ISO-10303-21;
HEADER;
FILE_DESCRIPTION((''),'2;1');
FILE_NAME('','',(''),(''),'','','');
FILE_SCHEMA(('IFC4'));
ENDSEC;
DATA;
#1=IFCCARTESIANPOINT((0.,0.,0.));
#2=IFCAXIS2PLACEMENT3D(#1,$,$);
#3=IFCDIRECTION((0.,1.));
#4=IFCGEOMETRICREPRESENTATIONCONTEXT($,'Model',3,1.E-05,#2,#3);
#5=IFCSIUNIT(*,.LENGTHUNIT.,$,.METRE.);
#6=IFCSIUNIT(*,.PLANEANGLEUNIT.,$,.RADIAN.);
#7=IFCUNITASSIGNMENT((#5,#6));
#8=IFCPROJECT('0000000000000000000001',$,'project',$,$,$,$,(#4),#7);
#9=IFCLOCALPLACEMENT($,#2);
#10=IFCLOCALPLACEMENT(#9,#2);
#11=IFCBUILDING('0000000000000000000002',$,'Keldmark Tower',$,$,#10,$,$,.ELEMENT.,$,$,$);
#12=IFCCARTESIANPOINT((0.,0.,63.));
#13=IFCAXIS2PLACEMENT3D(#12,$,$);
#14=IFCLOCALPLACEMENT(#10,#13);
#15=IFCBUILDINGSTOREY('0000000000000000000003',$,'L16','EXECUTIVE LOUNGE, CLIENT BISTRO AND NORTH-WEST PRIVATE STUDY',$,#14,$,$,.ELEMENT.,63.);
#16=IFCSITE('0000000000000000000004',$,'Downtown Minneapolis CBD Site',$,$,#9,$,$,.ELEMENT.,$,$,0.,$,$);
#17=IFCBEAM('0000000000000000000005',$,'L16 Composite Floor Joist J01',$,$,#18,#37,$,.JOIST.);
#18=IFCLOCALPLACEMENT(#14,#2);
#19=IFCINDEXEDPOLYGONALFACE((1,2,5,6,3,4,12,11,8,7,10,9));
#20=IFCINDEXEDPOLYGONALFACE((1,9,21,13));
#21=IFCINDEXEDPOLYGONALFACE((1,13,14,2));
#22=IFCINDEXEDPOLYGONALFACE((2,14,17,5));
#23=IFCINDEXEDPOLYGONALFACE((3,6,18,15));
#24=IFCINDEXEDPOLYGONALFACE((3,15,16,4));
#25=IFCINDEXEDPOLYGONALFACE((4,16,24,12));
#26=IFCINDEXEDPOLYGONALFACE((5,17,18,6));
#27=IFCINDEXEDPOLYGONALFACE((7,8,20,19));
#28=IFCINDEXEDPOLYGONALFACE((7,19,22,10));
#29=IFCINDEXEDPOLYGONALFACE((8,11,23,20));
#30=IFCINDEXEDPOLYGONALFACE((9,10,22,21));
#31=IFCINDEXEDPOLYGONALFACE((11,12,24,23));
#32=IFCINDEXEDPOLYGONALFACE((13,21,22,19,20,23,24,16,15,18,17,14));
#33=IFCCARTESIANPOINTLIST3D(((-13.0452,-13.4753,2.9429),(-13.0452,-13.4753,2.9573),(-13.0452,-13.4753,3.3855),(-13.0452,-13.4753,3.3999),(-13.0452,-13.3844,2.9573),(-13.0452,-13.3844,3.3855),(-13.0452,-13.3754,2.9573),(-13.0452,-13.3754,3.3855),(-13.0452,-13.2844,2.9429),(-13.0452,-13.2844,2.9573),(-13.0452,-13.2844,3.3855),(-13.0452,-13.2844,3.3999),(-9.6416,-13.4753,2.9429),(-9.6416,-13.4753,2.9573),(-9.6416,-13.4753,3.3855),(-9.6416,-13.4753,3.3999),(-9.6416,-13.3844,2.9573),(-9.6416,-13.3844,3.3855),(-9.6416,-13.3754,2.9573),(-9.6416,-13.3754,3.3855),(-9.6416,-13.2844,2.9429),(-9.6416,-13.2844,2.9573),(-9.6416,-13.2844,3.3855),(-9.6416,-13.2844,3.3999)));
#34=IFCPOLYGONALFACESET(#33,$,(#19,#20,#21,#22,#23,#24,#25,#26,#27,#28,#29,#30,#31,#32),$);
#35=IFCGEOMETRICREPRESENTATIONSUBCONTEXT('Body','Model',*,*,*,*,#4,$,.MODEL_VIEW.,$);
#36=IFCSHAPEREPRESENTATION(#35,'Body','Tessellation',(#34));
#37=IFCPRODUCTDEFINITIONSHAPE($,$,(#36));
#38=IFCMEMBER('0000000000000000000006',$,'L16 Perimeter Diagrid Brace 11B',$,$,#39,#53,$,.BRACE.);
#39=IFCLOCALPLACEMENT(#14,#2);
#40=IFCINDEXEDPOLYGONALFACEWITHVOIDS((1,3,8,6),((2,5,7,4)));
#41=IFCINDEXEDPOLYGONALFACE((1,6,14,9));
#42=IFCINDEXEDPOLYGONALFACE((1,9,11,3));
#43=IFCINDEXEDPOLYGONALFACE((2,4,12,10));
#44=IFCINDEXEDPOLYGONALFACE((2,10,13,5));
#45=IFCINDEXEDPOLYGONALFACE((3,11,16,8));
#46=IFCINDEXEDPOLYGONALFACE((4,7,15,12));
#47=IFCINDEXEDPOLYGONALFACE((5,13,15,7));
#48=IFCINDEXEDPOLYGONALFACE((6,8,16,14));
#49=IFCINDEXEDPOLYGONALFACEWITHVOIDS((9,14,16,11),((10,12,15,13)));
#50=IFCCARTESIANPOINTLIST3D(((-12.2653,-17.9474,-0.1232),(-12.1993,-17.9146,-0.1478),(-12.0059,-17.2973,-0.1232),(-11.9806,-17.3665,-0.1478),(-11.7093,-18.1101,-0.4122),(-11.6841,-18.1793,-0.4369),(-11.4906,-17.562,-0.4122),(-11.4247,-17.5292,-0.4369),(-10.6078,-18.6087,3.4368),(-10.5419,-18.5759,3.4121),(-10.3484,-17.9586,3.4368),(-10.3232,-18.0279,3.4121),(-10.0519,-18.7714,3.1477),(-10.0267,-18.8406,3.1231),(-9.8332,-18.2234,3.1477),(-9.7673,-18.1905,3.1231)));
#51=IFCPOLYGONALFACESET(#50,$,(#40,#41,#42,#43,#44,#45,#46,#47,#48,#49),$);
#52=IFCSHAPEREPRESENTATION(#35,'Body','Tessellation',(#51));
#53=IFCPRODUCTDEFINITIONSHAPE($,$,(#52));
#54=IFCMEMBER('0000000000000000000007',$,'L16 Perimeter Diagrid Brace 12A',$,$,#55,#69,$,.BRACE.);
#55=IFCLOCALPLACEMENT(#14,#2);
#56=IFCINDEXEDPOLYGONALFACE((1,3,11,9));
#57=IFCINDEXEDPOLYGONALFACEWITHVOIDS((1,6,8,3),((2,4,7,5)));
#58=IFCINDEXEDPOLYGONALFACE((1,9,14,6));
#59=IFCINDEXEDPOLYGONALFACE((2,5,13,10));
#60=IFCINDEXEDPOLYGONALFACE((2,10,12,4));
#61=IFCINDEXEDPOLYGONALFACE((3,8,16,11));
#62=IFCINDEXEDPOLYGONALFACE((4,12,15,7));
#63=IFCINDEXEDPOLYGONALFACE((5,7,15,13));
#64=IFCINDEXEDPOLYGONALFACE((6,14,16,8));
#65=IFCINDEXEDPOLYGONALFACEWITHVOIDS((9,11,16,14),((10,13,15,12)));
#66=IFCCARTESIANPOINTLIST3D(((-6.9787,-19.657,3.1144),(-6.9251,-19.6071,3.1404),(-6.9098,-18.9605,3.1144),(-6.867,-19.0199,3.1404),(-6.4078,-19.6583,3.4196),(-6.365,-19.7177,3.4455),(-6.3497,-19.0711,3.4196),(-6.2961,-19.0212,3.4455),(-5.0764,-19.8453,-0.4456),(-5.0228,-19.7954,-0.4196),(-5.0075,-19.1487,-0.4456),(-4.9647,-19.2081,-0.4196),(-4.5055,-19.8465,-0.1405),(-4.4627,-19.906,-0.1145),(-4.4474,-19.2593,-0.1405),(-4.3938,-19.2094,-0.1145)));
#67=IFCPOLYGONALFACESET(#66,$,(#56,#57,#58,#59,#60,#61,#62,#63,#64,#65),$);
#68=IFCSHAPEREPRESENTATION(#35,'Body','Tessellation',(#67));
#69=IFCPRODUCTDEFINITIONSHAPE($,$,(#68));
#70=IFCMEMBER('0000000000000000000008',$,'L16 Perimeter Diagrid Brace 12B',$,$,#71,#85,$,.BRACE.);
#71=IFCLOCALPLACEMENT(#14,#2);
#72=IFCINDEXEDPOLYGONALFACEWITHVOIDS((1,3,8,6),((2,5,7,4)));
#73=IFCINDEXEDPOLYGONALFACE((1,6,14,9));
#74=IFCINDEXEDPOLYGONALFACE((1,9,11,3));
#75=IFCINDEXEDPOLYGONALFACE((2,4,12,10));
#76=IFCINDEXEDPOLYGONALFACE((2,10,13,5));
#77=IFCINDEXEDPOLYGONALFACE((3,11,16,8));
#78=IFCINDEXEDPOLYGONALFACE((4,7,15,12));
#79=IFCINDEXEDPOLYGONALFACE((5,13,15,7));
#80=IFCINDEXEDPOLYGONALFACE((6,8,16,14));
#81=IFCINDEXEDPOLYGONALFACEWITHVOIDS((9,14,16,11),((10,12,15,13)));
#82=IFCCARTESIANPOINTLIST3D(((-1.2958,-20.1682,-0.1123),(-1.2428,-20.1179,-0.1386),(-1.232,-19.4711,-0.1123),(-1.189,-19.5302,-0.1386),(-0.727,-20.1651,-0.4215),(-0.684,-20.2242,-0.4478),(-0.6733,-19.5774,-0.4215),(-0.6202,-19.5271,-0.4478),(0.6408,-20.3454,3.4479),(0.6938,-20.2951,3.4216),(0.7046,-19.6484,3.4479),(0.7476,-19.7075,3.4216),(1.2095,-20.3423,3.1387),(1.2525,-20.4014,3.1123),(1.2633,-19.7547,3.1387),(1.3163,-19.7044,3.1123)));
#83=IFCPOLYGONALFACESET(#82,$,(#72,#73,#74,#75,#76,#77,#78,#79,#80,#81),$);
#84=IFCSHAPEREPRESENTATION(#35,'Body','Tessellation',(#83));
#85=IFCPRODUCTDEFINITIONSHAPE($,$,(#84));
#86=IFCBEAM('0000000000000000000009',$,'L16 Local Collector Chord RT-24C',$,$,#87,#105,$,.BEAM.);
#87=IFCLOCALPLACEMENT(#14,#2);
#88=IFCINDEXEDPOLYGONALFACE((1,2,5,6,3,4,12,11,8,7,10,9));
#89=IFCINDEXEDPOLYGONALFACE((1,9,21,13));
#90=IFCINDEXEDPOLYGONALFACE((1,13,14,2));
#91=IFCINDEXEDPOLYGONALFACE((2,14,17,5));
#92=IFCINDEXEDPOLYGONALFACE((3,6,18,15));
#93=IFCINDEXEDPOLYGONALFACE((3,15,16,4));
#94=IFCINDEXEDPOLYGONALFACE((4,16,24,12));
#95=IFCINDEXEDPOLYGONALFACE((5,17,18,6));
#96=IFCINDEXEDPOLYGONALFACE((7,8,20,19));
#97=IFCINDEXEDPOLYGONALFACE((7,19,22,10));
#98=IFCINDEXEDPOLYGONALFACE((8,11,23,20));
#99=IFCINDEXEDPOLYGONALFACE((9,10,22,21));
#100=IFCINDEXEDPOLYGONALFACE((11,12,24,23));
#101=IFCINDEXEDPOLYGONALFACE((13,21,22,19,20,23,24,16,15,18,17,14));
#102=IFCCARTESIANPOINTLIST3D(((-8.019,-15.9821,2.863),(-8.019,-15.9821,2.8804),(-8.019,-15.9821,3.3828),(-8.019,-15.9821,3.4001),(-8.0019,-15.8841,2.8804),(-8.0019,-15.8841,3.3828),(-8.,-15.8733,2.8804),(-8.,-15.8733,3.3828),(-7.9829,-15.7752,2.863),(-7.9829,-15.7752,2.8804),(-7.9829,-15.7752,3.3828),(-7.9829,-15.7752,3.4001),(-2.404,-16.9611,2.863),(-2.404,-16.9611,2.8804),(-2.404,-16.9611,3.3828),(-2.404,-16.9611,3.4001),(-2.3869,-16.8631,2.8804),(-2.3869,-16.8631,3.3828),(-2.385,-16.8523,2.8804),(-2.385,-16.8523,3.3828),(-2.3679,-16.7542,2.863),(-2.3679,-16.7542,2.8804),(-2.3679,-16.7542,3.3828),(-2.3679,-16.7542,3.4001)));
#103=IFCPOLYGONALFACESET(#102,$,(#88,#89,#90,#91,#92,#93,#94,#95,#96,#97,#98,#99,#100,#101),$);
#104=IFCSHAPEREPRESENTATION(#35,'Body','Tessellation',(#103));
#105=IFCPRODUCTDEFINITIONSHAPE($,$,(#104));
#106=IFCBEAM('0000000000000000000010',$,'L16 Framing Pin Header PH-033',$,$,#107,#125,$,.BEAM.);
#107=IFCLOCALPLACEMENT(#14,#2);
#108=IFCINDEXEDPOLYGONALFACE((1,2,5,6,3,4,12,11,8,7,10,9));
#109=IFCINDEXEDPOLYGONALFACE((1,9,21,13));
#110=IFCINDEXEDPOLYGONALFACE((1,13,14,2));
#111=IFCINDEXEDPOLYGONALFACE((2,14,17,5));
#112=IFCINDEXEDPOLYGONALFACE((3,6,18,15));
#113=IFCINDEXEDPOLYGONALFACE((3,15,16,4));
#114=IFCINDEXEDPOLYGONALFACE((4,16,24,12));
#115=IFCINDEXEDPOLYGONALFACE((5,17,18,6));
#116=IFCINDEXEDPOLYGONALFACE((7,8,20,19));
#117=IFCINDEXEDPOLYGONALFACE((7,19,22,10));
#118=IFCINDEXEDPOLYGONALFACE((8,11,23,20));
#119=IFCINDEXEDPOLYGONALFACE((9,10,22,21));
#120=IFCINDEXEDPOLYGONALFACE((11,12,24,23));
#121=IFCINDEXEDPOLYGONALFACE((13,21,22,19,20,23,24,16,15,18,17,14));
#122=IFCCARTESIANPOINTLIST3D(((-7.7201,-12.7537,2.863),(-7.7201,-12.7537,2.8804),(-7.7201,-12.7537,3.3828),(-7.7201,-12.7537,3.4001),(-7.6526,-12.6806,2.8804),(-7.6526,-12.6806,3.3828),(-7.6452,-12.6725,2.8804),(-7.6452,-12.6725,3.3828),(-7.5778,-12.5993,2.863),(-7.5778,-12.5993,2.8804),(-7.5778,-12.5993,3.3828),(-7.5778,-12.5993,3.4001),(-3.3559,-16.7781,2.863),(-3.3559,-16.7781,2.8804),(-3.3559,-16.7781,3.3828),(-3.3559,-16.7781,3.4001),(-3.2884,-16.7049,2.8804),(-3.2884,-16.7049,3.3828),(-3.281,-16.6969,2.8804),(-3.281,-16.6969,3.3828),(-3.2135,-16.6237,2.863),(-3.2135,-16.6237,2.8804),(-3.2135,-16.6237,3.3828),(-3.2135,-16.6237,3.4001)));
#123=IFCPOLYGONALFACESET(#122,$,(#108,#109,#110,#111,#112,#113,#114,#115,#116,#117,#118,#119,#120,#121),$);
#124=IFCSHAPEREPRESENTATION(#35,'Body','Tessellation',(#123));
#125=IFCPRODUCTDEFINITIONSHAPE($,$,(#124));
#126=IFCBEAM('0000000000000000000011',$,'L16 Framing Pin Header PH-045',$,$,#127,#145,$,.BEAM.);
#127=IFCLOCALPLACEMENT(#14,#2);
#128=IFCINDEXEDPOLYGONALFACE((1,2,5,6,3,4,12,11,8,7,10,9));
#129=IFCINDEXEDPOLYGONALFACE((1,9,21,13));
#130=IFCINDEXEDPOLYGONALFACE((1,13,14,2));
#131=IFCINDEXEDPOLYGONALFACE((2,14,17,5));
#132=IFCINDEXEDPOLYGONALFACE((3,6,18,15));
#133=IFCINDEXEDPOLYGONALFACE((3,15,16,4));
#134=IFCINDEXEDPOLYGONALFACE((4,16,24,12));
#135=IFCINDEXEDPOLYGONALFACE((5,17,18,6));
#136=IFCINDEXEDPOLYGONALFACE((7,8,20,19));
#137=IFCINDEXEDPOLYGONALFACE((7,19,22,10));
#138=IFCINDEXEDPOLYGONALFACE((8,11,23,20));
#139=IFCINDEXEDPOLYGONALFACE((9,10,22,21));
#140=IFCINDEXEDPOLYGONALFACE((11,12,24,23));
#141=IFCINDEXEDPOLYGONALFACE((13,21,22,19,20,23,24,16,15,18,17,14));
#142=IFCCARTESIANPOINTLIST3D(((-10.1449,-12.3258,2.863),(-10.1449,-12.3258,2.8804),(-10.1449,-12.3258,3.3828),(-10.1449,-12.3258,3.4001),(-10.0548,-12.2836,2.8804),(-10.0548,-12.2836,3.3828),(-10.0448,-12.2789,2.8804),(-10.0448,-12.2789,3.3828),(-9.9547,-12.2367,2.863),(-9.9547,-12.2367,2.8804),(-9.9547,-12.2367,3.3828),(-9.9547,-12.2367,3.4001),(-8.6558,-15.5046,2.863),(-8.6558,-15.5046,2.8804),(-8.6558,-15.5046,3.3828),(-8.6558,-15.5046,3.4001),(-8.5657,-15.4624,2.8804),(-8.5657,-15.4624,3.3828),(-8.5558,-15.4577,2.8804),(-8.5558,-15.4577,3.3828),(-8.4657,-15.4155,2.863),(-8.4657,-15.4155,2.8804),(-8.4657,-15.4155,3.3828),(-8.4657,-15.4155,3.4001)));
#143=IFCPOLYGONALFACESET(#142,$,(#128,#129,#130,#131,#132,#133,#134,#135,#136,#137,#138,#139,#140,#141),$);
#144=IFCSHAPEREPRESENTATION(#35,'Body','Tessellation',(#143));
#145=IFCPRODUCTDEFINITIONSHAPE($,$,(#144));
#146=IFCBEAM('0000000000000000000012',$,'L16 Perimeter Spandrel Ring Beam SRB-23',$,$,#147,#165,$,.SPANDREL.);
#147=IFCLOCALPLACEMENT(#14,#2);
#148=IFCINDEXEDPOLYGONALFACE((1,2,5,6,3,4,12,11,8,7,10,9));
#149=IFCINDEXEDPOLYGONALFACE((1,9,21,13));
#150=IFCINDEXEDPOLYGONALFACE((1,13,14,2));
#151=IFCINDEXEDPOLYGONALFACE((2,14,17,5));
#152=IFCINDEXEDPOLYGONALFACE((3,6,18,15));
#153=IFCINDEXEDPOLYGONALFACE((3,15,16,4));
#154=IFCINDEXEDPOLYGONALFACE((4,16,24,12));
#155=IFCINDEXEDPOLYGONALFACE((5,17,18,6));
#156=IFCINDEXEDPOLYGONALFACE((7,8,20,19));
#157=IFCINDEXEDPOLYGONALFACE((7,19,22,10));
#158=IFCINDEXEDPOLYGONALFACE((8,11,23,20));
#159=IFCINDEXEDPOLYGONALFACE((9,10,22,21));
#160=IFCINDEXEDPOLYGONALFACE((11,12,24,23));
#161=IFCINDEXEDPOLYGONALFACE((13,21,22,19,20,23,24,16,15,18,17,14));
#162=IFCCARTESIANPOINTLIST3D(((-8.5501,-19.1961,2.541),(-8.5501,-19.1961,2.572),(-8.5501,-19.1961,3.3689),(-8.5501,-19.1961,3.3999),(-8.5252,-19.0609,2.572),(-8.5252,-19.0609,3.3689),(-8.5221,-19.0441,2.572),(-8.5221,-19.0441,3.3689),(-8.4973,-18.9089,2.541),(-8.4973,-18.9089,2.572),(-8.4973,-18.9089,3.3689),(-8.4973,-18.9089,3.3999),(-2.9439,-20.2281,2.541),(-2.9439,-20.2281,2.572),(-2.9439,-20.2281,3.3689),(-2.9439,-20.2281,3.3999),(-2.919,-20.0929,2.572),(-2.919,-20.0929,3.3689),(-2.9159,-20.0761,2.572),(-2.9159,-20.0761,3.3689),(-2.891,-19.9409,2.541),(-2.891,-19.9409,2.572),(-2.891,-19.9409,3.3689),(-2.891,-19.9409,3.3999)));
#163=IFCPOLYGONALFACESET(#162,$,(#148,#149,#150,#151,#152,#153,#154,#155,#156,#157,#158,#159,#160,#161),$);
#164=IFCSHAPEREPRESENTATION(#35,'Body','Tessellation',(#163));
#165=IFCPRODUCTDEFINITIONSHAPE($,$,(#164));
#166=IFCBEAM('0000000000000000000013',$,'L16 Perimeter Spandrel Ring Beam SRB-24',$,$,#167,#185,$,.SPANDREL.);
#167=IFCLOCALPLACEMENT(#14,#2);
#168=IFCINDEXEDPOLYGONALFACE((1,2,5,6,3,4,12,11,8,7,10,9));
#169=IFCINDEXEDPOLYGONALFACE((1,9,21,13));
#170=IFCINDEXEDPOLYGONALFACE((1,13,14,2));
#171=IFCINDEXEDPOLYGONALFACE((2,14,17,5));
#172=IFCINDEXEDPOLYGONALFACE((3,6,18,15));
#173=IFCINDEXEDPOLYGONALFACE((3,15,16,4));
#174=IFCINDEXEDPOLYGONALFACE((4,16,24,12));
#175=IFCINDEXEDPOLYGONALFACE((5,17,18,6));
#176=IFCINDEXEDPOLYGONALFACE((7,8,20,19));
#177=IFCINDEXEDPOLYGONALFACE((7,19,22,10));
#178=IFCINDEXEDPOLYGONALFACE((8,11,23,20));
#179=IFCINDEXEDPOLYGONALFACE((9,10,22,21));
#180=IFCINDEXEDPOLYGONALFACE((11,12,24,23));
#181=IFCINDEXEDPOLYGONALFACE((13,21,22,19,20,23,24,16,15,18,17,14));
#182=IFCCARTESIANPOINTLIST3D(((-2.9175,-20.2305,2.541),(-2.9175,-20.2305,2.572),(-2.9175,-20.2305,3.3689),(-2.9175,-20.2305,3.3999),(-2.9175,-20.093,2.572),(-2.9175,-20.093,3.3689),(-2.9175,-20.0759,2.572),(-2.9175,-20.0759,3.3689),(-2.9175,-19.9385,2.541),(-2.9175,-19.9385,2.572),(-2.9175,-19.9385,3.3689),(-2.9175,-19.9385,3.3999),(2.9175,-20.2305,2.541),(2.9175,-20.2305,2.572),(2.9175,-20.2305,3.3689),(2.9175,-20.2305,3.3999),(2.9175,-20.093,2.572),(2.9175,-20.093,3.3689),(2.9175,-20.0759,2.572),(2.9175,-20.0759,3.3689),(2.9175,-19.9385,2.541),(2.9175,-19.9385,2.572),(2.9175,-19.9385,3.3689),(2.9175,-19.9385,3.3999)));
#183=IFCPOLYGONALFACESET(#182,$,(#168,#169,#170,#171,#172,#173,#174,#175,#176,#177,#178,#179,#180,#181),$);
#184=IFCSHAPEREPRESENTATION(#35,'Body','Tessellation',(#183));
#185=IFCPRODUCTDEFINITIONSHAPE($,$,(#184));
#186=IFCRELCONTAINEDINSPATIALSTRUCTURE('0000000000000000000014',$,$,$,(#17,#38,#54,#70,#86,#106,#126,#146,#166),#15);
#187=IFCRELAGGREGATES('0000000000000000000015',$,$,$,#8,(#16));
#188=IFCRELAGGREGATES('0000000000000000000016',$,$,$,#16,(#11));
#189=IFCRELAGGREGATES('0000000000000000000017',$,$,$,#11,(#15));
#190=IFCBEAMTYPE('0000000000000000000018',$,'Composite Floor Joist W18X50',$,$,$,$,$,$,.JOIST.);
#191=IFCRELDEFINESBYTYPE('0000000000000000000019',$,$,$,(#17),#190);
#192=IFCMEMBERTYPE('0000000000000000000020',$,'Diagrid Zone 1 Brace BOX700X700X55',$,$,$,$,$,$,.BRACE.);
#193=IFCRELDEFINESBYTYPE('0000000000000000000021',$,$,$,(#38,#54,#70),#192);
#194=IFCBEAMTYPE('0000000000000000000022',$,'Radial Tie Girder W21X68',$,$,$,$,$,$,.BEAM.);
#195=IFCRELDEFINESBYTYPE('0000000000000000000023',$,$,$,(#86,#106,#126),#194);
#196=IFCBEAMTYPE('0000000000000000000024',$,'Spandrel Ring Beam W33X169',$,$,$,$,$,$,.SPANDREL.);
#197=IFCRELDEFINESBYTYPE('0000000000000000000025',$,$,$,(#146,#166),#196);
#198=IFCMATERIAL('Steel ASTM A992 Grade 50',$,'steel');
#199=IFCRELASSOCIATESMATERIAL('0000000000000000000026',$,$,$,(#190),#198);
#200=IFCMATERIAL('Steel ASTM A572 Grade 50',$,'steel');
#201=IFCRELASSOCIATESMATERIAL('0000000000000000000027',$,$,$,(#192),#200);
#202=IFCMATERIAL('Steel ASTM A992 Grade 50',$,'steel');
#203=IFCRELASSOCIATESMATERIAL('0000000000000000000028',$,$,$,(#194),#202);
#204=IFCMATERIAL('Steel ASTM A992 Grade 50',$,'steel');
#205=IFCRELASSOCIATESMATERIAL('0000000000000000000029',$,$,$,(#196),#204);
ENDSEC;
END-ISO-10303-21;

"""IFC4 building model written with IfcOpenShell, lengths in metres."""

from ifc_helpers import new_model, si_unit, direction, frame, origin, origin_2d, place, context, subcontext, project, spatial, hollow_rectangle, i_section, extrude, material, material_profile, profile_set, type_object, element, save


model = new_model("IFC4")

# Units and contexts
model_context = context("Model", 3, precision=1e-05, world=origin(), true_north=direction((0.0, 1.0)))
body_context = subcontext(model_context, "Body", "Model", "MODEL_VIEW")
ifc_project = project(units=[si_unit("LENGTHUNIT", "METRE"), si_unit("PLANEANGLEUNIT", "RADIAN")], contexts=[model_context])

# Site, building, storey
site_placement = place(None, origin())
site = spatial("IfcSite", under=ifc_project, at=site_placement, Name="Downtown Minneapolis CBD Site", CompositionType="ELEMENT", RefElevation=0.0)
building_placement = place(site_placement, origin())
building = spatial("IfcBuilding", under=site, at=building_placement, Name="Keldmark Tower", CompositionType="ELEMENT")
storey_placement = place(building_placement, frame((0.0, 0.0, 63.0)))
storey = spatial("IfcBuildingStorey", under=building, at=storey_placement, Name="L16", Description="EXECUTIVE LOUNGE, CLIENT BISTRO AND NORTH-WEST PRIVATE STUDY", CompositionType="ELEMENT", Elevation=63.0)

# Beam
ifc_material_1 = material(Name="Steel ASTM A992 Grade 50", Category="steel")
ifc_material_profile_1 = material_profile(ifc_material_1, i_section(OverallWidth=0.1909, OverallDepth=0.457, WebThickness=0.009, FlangeThickness=0.0144, at=origin_2d()), Name="W18X50")
ifc_profile_set_1 = profile_set([ifc_material_profile_1], Name="Steel ASTM A992 Grade 50")
beam_type_1 = type_object("IfcBeamType", Name="Composite Floor Joist W18X50", PredefinedType="JOIST", material=ifc_profile_set_1)
beam_1_placement = place(storey_placement, frame((-13.0452, -13.3799, 3.1714), z_axis=(1.0, 0.0, 0.0), x_axis=(0.0, 1.0, 0.0)))
element("IfcBeam", 1, at=beam_1_placement, inside=storey, type_object=beam_type_1, Name="L16 Composite Floor Joist J01", PredefinedType="JOIST", context=body_context, shape_type="SweptSolid", body=[
    extrude(i_section(OverallWidth=0.1909, OverallDepth=0.457, WebThickness=0.009, FlangeThickness=0.0144, at=origin_2d()), origin(), (0.0, 0.0, 1.0), 3.4036),
])

# Members
ifc_material_2 = material(Name="Steel ASTM A572 Grade 50", Category="steel")
ifc_material_profile_2 = material_profile(ifc_material_2, hollow_rectangle(XDim=0.7, YDim=0.7, WallThickness=0.0549, at=origin_2d()), Name="BOX700X700X55")
ifc_profile_set_2 = profile_set([ifc_material_profile_2], Name="Steel ASTM A572 Grade 50")
member_type = type_object("IfcMemberType", Name="Diagrid Zone 1 Brace BOX700X700X55", PredefinedType="BRACE", material=ifc_profile_set_2)
member_1_placement = place(storey_placement, frame((-11.845, -17.7383, -0.28), z_axis=(0.41621, -0.166079, 0.893972), x_axis=(0.370612, 0.928788, 0.0)))
element("IfcMember", 2, at=member_1_placement, inside=storey, type_object=member_type, Name="L16 Perimeter Diagrid Brace 11B", PredefinedType="BRACE", context=body_context, shape_type="SweptSolid", body=[
    extrude(hollow_rectangle(XDim=0.7, YDim=0.7, WallThickness=0.0549, at=origin_2d()), origin(), (0.0, 0.0, 1.0), 3.9822),
])
member_2_placement = place(storey_placement, frame((-4.7351, -19.5273, -0.28), z_axis=(-0.47078, 0.046583, 0.88102), x_axis=(-0.098467, -0.99514, 0.0)))
element("IfcMember", 3, at=member_2_placement, inside=storey, type_object=member_type, Name="L16 Perimeter Diagrid Brace 12A", PredefinedType="BRACE", context=body_context, shape_type="SweptSolid", body=[
    extrude(hollow_rectangle(XDim=0.7, YDim=0.7, WallThickness=0.0549, at=origin_2d()), origin(), (0.0, 0.0, 1.0), 4.0408),
])
member_3_placement = place(storey_placement, frame((-0.958, -19.8477, -0.28), z_axis=(0.477382, -0.043694, 0.877609), x_axis=(0.091147, 0.995837, 0.0)))
element("IfcMember", 4, at=member_3_placement, inside=storey, type_object=member_type, Name="L16 Perimeter Diagrid Brace 12B", PredefinedType="BRACE", context=body_context, shape_type="SweptSolid", body=[
    extrude(hollow_rectangle(XDim=0.7, YDim=0.7, WallThickness=0.0549, at=origin_2d()), origin(), (0.0, 0.0, 1.0), 4.0566),
])

# Beams
ifc_material_3 = material(Name="Steel ASTM A992 Grade 50", Category="steel")
ifc_material_profile_3 = material_profile(ifc_material_3, i_section(OverallWidth=0.21, OverallDepth=0.5371, WebThickness=0.011, FlangeThickness=0.0173, at=origin_2d()), Name="W21X68")
ifc_profile_set_3 = profile_set([ifc_material_profile_3], Name="Steel ASTM A992 Grade 50")
beam_type_2 = type_object("IfcBeamType", Name="Radial Tie Girder W21X68", PredefinedType="BEAM", material=ifc_profile_set_3)
beam_2_placement = place(storey_placement, frame((-8.001, -15.8787, 3.1316), z_axis=(0.985138, -0.171764, 0.0), x_axis=(0.171764, 0.985138, 0.0)))
element("IfcBeam", 5, at=beam_2_placement, inside=storey, type_object=beam_type_2, Name="L16 Local Collector Chord RT-24C", PredefinedType="BEAM", context=body_context, shape_type="SweptSolid", body=[
    extrude(i_section(OverallWidth=0.21, OverallDepth=0.5371, WebThickness=0.011, FlangeThickness=0.0173, at=origin_2d()), origin(), (0.0, 0.0, 1.0), 5.6997),
])
beam_3_placement = place(storey_placement, frame((-7.6489, -12.6765, 3.1316), z_axis=(0.73515, -0.677904, 0.0), x_axis=(0.677904, 0.73515, 0.0)))
element("IfcBeam", 6, at=beam_3_placement, inside=storey, type_object=beam_type_2, Name="L16 Framing Pin Header PH-033", PredefinedType="BEAM", context=body_context, shape_type="SweptSolid", body=[
    extrude(i_section(OverallWidth=0.21, OverallDepth=0.5371, WebThickness=0.011, FlangeThickness=0.0173, at=origin_2d()), origin(), (0.0, 0.0, 1.0), 5.9365),
])
beam_4_placement = place(storey_placement, frame((-10.0498, -12.2812, 3.1316), z_axis=(0.424199, -0.905569, 0.0), x_axis=(0.905569, 0.424199, 0.0)))
element("IfcBeam", 7, at=beam_4_placement, inside=storey, type_object=beam_type_2, Name="L16 Framing Pin Header PH-045", PredefinedType="BEAM", context=body_context, shape_type="SweptSolid", body=[
    extrude(i_section(OverallWidth=0.21, OverallDepth=0.5371, WebThickness=0.011, FlangeThickness=0.0173, at=origin_2d()), origin(), (0.0, 0.0, 1.0), 3.5103),
])
ifc_material_4 = material(Name="Steel ASTM A992 Grade 50", Category="steel")
ifc_material_profile_4 = material_profile(ifc_material_4, i_section(OverallWidth=0.292, OverallDepth=0.8589, WebThickness=0.0171, FlangeThickness=0.031, at=origin_2d()), Name="W33X169")
ifc_profile_set_4 = profile_set([ifc_material_profile_4], Name="Steel ASTM A992 Grade 50")
beam_type_3 = type_object("IfcBeamType", Name="Spandrel Ring Beam W33X169", PredefinedType="SPANDREL", material=ifc_profile_set_4)
beam_5_placement = place(storey_placement, frame((-8.5237, -19.0525, 2.9705), z_axis=(0.983476, -0.181037, 0.0), x_axis=(0.181037, 0.983476, 0.0)))
element("IfcBeam", 8, at=beam_5_placement, inside=storey, type_object=beam_type_3, Name="L16 Perimeter Spandrel Ring Beam SRB-23", PredefinedType="SPANDREL", context=body_context, shape_type="SweptSolid", body=[
    extrude(i_section(OverallWidth=0.292, OverallDepth=0.8589, WebThickness=0.0171, FlangeThickness=0.031, at=origin_2d()), origin(), (0.0, 0.0, 1.0), 5.7004),
])
beam_6_placement = place(storey_placement, frame((-2.9175, -20.0845, 2.9705), z_axis=(1.0, 0.0, 0.0), x_axis=(0.0, 1.0, 0.0)))
element("IfcBeam", 9, at=beam_6_placement, inside=storey, type_object=beam_type_3, Name="L16 Perimeter Spandrel Ring Beam SRB-24", PredefinedType="SPANDREL", context=body_context, shape_type="SweptSolid", body=[
    extrude(i_section(OverallWidth=0.292, OverallDepth=0.8589, WebThickness=0.0171, FlangeThickness=0.031, at=origin_2d()), origin(), (0.0, 0.0, 1.0), 5.835),
])

save(model, "model.ifc")
